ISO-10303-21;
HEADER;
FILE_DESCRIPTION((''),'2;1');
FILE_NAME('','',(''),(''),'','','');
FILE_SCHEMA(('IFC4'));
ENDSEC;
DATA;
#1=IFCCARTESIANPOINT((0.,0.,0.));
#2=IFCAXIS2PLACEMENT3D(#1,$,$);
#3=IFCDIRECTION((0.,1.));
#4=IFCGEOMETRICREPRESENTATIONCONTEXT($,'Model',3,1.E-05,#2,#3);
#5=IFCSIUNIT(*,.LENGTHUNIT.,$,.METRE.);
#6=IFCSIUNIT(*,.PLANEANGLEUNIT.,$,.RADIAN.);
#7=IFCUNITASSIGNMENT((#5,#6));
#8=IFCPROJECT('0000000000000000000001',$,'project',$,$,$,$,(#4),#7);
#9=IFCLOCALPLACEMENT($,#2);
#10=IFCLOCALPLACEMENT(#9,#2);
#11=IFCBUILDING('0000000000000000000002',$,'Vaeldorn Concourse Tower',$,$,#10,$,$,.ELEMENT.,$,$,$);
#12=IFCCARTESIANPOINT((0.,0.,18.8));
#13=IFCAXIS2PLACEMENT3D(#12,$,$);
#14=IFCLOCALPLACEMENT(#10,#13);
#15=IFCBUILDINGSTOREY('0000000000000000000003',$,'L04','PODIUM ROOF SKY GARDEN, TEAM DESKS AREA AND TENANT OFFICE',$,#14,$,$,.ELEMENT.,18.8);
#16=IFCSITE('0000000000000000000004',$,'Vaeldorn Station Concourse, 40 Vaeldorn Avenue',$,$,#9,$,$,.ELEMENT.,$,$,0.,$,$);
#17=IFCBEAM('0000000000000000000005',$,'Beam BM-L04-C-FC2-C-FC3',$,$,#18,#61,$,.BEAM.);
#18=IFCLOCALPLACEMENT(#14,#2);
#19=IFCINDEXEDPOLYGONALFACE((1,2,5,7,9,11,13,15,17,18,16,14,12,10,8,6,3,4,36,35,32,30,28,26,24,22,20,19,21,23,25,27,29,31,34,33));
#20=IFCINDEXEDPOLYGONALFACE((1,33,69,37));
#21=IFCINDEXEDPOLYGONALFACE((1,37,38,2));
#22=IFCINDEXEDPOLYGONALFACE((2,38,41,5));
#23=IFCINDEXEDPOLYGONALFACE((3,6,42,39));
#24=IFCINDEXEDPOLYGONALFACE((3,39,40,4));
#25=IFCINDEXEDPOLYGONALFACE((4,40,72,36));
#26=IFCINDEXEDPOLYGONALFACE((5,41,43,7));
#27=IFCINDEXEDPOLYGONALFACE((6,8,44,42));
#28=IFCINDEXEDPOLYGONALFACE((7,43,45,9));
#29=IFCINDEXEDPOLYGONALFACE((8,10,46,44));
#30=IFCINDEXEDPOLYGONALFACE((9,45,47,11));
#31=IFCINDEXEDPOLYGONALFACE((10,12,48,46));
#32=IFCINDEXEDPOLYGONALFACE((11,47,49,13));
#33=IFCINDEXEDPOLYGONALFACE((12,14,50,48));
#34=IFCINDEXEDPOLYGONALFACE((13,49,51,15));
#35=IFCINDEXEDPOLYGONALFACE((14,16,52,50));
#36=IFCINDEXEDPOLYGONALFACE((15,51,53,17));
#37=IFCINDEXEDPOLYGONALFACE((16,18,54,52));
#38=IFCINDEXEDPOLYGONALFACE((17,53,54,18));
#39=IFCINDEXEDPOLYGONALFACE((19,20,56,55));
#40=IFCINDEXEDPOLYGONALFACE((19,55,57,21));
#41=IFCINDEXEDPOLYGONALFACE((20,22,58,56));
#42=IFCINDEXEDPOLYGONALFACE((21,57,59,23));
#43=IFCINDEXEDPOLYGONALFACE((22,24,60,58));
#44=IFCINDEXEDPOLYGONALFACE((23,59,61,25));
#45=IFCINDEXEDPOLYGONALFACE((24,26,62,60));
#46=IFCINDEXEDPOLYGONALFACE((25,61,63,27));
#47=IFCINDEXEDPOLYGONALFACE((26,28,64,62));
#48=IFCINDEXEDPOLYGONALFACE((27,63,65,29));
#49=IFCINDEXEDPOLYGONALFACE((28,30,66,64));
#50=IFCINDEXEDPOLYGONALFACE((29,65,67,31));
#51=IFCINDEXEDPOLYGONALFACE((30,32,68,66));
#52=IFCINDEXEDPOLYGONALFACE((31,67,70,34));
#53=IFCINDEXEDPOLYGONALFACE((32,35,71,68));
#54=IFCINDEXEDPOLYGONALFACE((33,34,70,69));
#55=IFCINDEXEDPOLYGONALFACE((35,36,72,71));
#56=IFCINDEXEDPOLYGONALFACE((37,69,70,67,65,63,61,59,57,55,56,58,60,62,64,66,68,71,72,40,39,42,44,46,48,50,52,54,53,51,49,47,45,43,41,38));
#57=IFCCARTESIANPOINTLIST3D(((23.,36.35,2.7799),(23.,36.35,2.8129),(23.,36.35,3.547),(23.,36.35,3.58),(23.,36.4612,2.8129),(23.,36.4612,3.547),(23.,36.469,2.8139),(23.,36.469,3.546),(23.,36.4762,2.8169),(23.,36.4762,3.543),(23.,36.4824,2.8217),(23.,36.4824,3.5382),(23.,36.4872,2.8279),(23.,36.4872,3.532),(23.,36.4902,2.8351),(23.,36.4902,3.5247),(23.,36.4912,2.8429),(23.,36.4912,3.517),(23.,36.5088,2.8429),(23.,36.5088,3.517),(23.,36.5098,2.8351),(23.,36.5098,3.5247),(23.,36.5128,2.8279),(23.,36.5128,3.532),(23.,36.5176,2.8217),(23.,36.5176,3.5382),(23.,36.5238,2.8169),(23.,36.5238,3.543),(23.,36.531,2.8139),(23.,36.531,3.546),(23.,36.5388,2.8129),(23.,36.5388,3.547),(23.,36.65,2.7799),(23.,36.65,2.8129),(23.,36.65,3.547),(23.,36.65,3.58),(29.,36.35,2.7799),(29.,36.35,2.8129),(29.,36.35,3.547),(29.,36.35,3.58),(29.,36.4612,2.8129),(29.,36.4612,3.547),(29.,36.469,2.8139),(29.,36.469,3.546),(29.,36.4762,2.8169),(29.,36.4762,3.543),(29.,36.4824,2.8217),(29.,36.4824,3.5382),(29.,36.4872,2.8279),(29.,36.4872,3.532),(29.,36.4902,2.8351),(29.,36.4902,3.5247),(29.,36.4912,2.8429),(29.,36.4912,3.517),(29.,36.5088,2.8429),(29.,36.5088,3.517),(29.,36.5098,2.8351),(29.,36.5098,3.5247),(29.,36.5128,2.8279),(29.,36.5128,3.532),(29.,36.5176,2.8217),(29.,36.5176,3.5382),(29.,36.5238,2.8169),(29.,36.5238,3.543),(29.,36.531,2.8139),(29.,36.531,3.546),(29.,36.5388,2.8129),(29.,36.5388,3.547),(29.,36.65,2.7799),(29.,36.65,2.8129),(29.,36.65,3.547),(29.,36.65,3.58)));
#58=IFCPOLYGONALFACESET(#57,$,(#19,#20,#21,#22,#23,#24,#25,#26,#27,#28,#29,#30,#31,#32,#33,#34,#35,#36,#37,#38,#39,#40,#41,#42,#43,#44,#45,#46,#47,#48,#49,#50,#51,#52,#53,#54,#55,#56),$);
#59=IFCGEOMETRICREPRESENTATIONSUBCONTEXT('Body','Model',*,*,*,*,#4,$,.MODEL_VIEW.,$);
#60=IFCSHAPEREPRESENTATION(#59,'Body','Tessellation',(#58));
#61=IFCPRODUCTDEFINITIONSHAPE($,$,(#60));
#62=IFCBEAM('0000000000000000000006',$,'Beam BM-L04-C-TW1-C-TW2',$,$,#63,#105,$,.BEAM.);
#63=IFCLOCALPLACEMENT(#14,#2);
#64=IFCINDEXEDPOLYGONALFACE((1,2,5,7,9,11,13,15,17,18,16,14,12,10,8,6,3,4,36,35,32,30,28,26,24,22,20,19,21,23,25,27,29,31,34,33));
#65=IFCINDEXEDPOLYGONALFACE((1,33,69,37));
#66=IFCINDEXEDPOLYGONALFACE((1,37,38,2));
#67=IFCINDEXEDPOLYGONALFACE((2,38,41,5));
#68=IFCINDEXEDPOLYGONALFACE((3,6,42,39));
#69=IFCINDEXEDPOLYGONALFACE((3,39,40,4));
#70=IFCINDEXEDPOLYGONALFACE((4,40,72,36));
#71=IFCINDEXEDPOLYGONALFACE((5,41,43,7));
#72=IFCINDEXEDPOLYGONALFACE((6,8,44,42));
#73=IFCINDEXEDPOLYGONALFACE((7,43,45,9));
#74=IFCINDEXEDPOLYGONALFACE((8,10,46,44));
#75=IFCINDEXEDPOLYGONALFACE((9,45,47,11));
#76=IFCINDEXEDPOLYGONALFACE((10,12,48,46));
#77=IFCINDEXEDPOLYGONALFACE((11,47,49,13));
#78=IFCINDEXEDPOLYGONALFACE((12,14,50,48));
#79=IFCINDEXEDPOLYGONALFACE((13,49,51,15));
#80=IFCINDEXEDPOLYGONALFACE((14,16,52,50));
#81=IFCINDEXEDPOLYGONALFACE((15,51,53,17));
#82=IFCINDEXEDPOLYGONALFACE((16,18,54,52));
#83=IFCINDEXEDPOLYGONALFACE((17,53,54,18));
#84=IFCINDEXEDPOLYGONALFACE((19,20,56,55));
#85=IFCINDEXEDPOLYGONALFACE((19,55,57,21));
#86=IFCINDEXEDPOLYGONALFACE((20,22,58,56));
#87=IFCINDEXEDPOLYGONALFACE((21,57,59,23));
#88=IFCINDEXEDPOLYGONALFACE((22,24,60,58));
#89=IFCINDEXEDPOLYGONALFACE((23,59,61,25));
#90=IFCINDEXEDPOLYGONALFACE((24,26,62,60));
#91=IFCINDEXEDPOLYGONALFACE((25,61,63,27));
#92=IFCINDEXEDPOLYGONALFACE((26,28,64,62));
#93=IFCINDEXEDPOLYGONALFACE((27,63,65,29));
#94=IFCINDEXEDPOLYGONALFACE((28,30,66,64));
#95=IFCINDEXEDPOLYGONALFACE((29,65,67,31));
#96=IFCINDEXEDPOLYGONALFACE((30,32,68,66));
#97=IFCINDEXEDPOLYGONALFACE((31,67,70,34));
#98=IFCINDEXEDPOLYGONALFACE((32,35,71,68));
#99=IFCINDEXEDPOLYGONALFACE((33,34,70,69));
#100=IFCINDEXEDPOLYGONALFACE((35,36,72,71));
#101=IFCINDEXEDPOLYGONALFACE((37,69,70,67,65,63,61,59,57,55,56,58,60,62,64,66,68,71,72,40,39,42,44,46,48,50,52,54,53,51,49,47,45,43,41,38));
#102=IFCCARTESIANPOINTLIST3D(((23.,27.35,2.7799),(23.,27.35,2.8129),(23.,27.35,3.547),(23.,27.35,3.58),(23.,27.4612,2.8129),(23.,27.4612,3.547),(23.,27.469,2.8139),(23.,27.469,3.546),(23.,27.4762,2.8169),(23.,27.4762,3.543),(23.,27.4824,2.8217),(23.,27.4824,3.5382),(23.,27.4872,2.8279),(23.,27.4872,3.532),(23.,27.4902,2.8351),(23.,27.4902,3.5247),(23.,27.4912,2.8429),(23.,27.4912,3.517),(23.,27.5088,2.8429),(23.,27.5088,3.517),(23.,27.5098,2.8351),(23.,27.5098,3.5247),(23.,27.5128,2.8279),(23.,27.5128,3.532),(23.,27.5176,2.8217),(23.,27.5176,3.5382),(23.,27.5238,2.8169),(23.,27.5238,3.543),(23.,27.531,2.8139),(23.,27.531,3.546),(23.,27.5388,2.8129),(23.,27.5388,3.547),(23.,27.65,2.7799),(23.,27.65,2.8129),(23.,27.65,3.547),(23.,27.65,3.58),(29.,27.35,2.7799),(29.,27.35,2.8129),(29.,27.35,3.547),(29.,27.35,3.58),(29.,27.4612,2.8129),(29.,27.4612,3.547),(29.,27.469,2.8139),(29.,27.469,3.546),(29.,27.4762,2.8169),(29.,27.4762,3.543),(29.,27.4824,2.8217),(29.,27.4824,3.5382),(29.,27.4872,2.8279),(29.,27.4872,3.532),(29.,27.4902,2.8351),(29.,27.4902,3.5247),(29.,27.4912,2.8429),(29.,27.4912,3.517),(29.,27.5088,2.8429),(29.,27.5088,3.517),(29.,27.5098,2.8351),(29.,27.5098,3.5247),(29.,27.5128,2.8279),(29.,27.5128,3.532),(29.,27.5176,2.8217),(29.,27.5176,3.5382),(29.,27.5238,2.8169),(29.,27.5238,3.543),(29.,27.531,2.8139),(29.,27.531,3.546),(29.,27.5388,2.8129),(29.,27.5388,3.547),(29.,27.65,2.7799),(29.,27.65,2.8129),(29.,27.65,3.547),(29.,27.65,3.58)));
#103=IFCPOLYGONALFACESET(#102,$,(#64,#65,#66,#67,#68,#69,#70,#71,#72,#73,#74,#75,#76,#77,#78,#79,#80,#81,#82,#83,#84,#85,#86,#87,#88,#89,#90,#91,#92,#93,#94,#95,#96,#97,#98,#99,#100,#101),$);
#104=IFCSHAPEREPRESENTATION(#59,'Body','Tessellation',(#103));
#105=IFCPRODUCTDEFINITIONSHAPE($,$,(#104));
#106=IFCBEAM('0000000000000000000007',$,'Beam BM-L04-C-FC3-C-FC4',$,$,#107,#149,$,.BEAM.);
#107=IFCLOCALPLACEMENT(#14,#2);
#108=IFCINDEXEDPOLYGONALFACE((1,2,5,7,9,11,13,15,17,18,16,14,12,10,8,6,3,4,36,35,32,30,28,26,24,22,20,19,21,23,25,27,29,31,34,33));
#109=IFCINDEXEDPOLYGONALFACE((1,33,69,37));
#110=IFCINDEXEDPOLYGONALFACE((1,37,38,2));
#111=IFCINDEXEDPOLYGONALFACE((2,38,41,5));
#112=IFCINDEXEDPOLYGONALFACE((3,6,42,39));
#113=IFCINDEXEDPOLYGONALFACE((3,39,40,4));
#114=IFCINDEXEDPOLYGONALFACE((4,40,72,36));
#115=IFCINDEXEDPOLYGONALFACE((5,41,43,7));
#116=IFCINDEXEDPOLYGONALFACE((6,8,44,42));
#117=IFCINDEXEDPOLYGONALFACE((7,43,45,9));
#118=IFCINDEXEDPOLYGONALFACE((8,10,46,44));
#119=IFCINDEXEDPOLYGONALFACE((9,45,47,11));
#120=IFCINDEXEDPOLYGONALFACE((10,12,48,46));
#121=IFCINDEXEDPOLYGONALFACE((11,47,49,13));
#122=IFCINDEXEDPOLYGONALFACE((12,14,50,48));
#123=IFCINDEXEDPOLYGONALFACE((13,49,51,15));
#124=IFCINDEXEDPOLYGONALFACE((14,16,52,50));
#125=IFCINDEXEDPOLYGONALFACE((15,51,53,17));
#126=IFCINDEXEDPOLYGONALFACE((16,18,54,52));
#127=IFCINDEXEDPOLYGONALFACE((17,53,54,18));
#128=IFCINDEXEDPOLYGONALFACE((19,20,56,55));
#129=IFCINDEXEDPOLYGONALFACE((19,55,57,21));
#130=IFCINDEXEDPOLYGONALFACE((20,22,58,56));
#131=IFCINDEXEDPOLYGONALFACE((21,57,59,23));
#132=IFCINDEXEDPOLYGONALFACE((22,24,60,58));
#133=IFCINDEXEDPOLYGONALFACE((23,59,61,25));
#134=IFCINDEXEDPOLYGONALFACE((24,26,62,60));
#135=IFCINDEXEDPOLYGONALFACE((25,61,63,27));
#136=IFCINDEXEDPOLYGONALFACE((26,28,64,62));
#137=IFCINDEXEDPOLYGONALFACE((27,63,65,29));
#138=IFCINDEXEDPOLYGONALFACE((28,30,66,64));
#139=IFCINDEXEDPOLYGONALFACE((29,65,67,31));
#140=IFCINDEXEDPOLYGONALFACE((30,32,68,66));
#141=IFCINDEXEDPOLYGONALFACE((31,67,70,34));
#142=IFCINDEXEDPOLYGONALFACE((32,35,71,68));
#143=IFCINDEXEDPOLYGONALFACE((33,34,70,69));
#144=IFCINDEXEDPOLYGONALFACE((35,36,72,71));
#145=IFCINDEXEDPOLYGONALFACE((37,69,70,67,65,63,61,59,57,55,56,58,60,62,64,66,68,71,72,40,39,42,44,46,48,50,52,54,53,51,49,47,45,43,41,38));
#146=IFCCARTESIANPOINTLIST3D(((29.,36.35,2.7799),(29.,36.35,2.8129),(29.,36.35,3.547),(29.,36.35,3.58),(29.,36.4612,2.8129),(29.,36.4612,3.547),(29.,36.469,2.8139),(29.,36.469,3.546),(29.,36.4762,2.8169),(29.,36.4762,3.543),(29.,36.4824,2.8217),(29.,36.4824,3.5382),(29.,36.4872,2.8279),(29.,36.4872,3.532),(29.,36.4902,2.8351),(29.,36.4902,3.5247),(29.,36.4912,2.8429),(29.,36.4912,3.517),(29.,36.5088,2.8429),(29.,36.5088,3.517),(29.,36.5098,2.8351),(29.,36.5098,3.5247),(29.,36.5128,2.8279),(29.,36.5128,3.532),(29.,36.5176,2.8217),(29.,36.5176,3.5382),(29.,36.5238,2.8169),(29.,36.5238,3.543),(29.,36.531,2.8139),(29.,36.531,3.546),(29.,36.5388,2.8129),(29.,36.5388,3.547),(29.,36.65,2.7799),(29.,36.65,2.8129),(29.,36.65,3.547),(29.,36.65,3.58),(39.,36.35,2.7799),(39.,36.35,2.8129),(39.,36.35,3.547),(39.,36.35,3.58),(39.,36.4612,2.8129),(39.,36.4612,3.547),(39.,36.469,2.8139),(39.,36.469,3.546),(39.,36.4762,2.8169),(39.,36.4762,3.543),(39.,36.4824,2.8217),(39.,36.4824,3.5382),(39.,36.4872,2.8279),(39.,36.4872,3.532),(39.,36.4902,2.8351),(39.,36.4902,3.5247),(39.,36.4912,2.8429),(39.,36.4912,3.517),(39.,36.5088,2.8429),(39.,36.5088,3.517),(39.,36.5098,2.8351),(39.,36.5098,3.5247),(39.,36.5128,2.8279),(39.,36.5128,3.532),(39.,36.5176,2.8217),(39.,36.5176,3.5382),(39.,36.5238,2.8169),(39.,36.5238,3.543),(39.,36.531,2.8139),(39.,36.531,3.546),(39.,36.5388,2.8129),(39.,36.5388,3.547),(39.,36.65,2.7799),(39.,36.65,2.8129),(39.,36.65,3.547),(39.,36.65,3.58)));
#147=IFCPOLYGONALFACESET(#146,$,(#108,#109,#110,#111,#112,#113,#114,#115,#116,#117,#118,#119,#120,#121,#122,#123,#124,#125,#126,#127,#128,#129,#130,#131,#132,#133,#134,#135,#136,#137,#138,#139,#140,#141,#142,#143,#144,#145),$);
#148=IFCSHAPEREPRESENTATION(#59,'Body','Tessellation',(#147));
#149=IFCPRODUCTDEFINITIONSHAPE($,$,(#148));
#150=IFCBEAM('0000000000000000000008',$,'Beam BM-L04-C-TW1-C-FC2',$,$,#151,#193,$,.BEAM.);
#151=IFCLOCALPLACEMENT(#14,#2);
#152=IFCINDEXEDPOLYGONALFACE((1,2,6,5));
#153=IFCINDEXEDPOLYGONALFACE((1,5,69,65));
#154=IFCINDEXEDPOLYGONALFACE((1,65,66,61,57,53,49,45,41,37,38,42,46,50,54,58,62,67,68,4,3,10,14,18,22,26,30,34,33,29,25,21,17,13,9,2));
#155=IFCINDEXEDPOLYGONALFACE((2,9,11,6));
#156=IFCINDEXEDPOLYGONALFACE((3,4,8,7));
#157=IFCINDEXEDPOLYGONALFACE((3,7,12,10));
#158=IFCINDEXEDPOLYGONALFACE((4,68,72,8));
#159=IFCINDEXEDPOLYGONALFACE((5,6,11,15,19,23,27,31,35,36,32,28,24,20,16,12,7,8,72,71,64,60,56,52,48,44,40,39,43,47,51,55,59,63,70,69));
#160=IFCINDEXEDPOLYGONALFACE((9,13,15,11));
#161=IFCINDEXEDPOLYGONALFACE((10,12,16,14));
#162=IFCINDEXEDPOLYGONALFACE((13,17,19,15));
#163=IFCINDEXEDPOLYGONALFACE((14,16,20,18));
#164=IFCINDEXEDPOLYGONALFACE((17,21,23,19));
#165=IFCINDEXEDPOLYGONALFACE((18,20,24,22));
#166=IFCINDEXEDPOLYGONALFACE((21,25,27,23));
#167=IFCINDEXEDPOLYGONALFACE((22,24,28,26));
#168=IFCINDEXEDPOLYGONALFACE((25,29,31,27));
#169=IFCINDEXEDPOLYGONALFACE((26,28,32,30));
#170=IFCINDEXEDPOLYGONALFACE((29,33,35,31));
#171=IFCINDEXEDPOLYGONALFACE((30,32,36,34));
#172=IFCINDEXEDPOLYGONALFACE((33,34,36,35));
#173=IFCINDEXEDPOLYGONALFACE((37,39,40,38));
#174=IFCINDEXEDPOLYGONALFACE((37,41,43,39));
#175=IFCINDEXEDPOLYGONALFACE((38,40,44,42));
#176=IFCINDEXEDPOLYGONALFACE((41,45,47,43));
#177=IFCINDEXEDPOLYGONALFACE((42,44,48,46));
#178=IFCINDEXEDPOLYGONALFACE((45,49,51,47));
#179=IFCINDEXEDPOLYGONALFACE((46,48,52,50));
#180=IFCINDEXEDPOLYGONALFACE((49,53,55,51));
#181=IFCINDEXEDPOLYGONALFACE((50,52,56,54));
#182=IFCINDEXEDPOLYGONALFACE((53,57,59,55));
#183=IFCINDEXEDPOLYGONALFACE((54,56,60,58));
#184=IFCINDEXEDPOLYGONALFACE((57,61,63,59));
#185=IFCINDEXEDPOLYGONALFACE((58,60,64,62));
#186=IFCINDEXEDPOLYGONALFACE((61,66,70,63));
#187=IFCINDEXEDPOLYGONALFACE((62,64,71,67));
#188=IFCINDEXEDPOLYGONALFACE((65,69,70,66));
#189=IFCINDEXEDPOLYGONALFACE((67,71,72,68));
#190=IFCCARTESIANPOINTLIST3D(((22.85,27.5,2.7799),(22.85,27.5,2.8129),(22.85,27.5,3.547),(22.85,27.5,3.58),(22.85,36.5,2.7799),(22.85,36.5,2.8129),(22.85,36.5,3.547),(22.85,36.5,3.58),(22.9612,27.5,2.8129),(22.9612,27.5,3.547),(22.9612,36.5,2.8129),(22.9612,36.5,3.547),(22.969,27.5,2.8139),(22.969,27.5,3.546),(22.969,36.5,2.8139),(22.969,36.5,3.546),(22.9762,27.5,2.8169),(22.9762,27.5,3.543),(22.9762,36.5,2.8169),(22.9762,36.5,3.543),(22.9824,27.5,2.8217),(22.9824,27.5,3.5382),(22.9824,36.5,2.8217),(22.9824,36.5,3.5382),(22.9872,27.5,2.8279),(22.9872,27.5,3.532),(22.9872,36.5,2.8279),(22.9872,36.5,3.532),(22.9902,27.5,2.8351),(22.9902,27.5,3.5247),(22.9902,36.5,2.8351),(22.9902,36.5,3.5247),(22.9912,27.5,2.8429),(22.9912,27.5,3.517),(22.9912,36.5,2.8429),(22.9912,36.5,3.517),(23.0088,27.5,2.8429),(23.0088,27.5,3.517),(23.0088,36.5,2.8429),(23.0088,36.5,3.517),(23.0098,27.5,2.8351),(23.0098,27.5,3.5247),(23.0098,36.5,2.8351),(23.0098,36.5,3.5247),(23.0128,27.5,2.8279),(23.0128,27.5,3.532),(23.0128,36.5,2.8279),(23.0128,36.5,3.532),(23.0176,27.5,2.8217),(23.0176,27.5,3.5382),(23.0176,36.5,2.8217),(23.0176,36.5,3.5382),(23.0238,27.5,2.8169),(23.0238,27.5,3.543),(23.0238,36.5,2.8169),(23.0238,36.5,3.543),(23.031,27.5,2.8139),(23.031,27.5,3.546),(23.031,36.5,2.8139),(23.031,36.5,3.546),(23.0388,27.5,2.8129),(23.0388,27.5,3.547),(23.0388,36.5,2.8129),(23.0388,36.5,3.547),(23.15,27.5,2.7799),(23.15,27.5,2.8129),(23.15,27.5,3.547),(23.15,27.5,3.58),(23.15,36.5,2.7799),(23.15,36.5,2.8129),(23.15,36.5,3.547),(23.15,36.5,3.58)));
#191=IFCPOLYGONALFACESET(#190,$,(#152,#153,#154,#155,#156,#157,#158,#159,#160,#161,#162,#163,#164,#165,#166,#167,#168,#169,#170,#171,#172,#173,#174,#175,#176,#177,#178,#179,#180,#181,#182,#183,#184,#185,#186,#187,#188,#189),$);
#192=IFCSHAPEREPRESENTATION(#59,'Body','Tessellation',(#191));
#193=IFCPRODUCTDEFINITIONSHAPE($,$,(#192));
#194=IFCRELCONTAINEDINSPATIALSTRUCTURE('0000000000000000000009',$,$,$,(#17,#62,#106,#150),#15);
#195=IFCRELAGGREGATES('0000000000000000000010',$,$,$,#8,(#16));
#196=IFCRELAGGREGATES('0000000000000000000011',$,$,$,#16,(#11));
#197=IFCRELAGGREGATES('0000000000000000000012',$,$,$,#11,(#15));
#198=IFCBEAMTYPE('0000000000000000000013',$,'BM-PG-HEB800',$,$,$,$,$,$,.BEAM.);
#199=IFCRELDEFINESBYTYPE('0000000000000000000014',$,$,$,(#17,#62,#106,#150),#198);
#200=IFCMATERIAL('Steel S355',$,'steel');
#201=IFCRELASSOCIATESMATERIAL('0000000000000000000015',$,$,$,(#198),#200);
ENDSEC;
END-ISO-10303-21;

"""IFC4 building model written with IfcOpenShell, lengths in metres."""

from ifc_helpers import new_model, si_unit, direction, frame, origin, origin_2d, place, context, subcontext, project, spatial, i_section, extrude, source, transform, mapped, material, material_profile, profile_set, type_object, element, save


model = new_model("IFC4")

# Units and contexts
model_context = context("Model", 3, precision=1e-05, world=origin(), true_north=direction((0.0, 1.0)))
body_context = subcontext(model_context, "Body", "Model", "MODEL_VIEW")
ifc_project = project(units=[si_unit("LENGTHUNIT", "METRE"), si_unit("PLANEANGLEUNIT", "RADIAN")], contexts=[model_context])

# Site, building, storey
site_placement = place(None, origin())
site = spatial("IfcSite", under=ifc_project, at=site_placement, Name="Vaeldorn Station Concourse, 40 Vaeldorn Avenue", CompositionType="ELEMENT", RefElevation=0.0)
building_placement = place(site_placement, origin())
building = spatial("IfcBuilding", under=site, at=building_placement, Name="Vaeldorn Concourse Tower", CompositionType="ELEMENT")
storey_placement = place(building_placement, frame((0.0, 0.0, 18.8)))
storey = spatial("IfcBuildingStorey", under=building, at=storey_placement, Name="L04", Description="PODIUM ROOF SKY GARDEN, TEAM DESKS AREA AND TENANT OFFICE", CompositionType="ELEMENT", Elevation=18.8)

# Beams
ifc_material_1 = material(Name="Steel S355", Category="steel")
ifc_material_profile_1 = material_profile(ifc_material_1, i_section(OverallWidth=0.3, OverallDepth=0.8, WebThickness=0.0176, FlangeThickness=0.033, FilletRadius=0.03, at=origin_2d()), Name="HEB 800")
ifc_profile_set_1 = profile_set([ifc_material_profile_1], Name="Steel S355")
beam_type_1 = type_object("IfcBeamType", Name="BM-PG-HEB800", PredefinedType="BEAM", material=ifc_profile_set_1)
shared_shape_1 = source(origin(), body_context, "Body", "SweptSolid", [
    extrude(i_section(OverallWidth=0.3, OverallDepth=0.8, WebThickness=0.0176, FlangeThickness=0.033, FilletRadius=0.03, at=origin_2d()), origin(), (0.0, 0.0, 1.0), 6.0),
])
for number, where, z_axis, x_axis, name in (
    (1, (23.0, 36.5, 3.1799), (1.0, 0.0, 0.0), (0.0, 1.0, 0.0), "Beam BM-L04-C-FC2-C-FC3"),
    (2, (23.0, 27.5, 3.1799), (1.0, 0.0, 0.0), (0.0, 1.0, 0.0), "Beam BM-L04-C-TW1-C-TW2"),
):
    element("IfcBeam", number, at=place(storey_placement, frame(where, z_axis=z_axis, x_axis=x_axis)), inside=storey, type_object=beam_type_1, Name=name, PredefinedType="BEAM", context=body_context, shape_type="MappedRepresentation", body=[
        mapped(shared_shape_1, transform((0.0, 0.0, 0.0), scale=1.0)),
    ])
shared_shape_2 = source(origin(), body_context, "Body", "SweptSolid", [
    extrude(i_section(OverallWidth=0.3, OverallDepth=0.8, WebThickness=0.0176, FlangeThickness=0.033, FilletRadius=0.03, at=origin_2d()), origin(), (0.0, 0.0, 1.0), 10.0),
])
beam_1_placement = place(storey_placement, frame((29.0, 36.5, 3.1799), z_axis=(1.0, 0.0, 0.0), x_axis=(0.0, 1.0, 0.0)))
element("IfcBeam", 3, at=beam_1_placement, inside=storey, type_object=beam_type_1, Name="Beam BM-L04-C-FC3-C-FC4", PredefinedType="BEAM", context=body_context, shape_type="MappedRepresentation", body=[
    mapped(shared_shape_2, transform((0.0, 0.0, 0.0), scale=1.0)),
])
shared_shape_3 = source(origin(), body_context, "Body", "SweptSolid", [
    extrude(i_section(OverallWidth=0.3, OverallDepth=0.8, WebThickness=0.0176, FlangeThickness=0.033, FilletRadius=0.03, at=origin_2d()), origin(), (0.0, 0.0, 1.0), 9.0),
])
beam_2_placement = place(storey_placement, frame((23.0, 27.5, 3.1799), z_axis=(0.0, 1.0, 0.0), x_axis=(-1.0, 0.0, 0.0)))
element("IfcBeam", 4, at=beam_2_placement, inside=storey, type_object=beam_type_1, Name="Beam BM-L04-C-TW1-C-FC2", PredefinedType="BEAM", context=body_context, shape_type="MappedRepresentation", body=[
    mapped(shared_shape_3, transform((0.0, 0.0, 0.0), scale=1.0)),
])

save(model, "model.ifc")
